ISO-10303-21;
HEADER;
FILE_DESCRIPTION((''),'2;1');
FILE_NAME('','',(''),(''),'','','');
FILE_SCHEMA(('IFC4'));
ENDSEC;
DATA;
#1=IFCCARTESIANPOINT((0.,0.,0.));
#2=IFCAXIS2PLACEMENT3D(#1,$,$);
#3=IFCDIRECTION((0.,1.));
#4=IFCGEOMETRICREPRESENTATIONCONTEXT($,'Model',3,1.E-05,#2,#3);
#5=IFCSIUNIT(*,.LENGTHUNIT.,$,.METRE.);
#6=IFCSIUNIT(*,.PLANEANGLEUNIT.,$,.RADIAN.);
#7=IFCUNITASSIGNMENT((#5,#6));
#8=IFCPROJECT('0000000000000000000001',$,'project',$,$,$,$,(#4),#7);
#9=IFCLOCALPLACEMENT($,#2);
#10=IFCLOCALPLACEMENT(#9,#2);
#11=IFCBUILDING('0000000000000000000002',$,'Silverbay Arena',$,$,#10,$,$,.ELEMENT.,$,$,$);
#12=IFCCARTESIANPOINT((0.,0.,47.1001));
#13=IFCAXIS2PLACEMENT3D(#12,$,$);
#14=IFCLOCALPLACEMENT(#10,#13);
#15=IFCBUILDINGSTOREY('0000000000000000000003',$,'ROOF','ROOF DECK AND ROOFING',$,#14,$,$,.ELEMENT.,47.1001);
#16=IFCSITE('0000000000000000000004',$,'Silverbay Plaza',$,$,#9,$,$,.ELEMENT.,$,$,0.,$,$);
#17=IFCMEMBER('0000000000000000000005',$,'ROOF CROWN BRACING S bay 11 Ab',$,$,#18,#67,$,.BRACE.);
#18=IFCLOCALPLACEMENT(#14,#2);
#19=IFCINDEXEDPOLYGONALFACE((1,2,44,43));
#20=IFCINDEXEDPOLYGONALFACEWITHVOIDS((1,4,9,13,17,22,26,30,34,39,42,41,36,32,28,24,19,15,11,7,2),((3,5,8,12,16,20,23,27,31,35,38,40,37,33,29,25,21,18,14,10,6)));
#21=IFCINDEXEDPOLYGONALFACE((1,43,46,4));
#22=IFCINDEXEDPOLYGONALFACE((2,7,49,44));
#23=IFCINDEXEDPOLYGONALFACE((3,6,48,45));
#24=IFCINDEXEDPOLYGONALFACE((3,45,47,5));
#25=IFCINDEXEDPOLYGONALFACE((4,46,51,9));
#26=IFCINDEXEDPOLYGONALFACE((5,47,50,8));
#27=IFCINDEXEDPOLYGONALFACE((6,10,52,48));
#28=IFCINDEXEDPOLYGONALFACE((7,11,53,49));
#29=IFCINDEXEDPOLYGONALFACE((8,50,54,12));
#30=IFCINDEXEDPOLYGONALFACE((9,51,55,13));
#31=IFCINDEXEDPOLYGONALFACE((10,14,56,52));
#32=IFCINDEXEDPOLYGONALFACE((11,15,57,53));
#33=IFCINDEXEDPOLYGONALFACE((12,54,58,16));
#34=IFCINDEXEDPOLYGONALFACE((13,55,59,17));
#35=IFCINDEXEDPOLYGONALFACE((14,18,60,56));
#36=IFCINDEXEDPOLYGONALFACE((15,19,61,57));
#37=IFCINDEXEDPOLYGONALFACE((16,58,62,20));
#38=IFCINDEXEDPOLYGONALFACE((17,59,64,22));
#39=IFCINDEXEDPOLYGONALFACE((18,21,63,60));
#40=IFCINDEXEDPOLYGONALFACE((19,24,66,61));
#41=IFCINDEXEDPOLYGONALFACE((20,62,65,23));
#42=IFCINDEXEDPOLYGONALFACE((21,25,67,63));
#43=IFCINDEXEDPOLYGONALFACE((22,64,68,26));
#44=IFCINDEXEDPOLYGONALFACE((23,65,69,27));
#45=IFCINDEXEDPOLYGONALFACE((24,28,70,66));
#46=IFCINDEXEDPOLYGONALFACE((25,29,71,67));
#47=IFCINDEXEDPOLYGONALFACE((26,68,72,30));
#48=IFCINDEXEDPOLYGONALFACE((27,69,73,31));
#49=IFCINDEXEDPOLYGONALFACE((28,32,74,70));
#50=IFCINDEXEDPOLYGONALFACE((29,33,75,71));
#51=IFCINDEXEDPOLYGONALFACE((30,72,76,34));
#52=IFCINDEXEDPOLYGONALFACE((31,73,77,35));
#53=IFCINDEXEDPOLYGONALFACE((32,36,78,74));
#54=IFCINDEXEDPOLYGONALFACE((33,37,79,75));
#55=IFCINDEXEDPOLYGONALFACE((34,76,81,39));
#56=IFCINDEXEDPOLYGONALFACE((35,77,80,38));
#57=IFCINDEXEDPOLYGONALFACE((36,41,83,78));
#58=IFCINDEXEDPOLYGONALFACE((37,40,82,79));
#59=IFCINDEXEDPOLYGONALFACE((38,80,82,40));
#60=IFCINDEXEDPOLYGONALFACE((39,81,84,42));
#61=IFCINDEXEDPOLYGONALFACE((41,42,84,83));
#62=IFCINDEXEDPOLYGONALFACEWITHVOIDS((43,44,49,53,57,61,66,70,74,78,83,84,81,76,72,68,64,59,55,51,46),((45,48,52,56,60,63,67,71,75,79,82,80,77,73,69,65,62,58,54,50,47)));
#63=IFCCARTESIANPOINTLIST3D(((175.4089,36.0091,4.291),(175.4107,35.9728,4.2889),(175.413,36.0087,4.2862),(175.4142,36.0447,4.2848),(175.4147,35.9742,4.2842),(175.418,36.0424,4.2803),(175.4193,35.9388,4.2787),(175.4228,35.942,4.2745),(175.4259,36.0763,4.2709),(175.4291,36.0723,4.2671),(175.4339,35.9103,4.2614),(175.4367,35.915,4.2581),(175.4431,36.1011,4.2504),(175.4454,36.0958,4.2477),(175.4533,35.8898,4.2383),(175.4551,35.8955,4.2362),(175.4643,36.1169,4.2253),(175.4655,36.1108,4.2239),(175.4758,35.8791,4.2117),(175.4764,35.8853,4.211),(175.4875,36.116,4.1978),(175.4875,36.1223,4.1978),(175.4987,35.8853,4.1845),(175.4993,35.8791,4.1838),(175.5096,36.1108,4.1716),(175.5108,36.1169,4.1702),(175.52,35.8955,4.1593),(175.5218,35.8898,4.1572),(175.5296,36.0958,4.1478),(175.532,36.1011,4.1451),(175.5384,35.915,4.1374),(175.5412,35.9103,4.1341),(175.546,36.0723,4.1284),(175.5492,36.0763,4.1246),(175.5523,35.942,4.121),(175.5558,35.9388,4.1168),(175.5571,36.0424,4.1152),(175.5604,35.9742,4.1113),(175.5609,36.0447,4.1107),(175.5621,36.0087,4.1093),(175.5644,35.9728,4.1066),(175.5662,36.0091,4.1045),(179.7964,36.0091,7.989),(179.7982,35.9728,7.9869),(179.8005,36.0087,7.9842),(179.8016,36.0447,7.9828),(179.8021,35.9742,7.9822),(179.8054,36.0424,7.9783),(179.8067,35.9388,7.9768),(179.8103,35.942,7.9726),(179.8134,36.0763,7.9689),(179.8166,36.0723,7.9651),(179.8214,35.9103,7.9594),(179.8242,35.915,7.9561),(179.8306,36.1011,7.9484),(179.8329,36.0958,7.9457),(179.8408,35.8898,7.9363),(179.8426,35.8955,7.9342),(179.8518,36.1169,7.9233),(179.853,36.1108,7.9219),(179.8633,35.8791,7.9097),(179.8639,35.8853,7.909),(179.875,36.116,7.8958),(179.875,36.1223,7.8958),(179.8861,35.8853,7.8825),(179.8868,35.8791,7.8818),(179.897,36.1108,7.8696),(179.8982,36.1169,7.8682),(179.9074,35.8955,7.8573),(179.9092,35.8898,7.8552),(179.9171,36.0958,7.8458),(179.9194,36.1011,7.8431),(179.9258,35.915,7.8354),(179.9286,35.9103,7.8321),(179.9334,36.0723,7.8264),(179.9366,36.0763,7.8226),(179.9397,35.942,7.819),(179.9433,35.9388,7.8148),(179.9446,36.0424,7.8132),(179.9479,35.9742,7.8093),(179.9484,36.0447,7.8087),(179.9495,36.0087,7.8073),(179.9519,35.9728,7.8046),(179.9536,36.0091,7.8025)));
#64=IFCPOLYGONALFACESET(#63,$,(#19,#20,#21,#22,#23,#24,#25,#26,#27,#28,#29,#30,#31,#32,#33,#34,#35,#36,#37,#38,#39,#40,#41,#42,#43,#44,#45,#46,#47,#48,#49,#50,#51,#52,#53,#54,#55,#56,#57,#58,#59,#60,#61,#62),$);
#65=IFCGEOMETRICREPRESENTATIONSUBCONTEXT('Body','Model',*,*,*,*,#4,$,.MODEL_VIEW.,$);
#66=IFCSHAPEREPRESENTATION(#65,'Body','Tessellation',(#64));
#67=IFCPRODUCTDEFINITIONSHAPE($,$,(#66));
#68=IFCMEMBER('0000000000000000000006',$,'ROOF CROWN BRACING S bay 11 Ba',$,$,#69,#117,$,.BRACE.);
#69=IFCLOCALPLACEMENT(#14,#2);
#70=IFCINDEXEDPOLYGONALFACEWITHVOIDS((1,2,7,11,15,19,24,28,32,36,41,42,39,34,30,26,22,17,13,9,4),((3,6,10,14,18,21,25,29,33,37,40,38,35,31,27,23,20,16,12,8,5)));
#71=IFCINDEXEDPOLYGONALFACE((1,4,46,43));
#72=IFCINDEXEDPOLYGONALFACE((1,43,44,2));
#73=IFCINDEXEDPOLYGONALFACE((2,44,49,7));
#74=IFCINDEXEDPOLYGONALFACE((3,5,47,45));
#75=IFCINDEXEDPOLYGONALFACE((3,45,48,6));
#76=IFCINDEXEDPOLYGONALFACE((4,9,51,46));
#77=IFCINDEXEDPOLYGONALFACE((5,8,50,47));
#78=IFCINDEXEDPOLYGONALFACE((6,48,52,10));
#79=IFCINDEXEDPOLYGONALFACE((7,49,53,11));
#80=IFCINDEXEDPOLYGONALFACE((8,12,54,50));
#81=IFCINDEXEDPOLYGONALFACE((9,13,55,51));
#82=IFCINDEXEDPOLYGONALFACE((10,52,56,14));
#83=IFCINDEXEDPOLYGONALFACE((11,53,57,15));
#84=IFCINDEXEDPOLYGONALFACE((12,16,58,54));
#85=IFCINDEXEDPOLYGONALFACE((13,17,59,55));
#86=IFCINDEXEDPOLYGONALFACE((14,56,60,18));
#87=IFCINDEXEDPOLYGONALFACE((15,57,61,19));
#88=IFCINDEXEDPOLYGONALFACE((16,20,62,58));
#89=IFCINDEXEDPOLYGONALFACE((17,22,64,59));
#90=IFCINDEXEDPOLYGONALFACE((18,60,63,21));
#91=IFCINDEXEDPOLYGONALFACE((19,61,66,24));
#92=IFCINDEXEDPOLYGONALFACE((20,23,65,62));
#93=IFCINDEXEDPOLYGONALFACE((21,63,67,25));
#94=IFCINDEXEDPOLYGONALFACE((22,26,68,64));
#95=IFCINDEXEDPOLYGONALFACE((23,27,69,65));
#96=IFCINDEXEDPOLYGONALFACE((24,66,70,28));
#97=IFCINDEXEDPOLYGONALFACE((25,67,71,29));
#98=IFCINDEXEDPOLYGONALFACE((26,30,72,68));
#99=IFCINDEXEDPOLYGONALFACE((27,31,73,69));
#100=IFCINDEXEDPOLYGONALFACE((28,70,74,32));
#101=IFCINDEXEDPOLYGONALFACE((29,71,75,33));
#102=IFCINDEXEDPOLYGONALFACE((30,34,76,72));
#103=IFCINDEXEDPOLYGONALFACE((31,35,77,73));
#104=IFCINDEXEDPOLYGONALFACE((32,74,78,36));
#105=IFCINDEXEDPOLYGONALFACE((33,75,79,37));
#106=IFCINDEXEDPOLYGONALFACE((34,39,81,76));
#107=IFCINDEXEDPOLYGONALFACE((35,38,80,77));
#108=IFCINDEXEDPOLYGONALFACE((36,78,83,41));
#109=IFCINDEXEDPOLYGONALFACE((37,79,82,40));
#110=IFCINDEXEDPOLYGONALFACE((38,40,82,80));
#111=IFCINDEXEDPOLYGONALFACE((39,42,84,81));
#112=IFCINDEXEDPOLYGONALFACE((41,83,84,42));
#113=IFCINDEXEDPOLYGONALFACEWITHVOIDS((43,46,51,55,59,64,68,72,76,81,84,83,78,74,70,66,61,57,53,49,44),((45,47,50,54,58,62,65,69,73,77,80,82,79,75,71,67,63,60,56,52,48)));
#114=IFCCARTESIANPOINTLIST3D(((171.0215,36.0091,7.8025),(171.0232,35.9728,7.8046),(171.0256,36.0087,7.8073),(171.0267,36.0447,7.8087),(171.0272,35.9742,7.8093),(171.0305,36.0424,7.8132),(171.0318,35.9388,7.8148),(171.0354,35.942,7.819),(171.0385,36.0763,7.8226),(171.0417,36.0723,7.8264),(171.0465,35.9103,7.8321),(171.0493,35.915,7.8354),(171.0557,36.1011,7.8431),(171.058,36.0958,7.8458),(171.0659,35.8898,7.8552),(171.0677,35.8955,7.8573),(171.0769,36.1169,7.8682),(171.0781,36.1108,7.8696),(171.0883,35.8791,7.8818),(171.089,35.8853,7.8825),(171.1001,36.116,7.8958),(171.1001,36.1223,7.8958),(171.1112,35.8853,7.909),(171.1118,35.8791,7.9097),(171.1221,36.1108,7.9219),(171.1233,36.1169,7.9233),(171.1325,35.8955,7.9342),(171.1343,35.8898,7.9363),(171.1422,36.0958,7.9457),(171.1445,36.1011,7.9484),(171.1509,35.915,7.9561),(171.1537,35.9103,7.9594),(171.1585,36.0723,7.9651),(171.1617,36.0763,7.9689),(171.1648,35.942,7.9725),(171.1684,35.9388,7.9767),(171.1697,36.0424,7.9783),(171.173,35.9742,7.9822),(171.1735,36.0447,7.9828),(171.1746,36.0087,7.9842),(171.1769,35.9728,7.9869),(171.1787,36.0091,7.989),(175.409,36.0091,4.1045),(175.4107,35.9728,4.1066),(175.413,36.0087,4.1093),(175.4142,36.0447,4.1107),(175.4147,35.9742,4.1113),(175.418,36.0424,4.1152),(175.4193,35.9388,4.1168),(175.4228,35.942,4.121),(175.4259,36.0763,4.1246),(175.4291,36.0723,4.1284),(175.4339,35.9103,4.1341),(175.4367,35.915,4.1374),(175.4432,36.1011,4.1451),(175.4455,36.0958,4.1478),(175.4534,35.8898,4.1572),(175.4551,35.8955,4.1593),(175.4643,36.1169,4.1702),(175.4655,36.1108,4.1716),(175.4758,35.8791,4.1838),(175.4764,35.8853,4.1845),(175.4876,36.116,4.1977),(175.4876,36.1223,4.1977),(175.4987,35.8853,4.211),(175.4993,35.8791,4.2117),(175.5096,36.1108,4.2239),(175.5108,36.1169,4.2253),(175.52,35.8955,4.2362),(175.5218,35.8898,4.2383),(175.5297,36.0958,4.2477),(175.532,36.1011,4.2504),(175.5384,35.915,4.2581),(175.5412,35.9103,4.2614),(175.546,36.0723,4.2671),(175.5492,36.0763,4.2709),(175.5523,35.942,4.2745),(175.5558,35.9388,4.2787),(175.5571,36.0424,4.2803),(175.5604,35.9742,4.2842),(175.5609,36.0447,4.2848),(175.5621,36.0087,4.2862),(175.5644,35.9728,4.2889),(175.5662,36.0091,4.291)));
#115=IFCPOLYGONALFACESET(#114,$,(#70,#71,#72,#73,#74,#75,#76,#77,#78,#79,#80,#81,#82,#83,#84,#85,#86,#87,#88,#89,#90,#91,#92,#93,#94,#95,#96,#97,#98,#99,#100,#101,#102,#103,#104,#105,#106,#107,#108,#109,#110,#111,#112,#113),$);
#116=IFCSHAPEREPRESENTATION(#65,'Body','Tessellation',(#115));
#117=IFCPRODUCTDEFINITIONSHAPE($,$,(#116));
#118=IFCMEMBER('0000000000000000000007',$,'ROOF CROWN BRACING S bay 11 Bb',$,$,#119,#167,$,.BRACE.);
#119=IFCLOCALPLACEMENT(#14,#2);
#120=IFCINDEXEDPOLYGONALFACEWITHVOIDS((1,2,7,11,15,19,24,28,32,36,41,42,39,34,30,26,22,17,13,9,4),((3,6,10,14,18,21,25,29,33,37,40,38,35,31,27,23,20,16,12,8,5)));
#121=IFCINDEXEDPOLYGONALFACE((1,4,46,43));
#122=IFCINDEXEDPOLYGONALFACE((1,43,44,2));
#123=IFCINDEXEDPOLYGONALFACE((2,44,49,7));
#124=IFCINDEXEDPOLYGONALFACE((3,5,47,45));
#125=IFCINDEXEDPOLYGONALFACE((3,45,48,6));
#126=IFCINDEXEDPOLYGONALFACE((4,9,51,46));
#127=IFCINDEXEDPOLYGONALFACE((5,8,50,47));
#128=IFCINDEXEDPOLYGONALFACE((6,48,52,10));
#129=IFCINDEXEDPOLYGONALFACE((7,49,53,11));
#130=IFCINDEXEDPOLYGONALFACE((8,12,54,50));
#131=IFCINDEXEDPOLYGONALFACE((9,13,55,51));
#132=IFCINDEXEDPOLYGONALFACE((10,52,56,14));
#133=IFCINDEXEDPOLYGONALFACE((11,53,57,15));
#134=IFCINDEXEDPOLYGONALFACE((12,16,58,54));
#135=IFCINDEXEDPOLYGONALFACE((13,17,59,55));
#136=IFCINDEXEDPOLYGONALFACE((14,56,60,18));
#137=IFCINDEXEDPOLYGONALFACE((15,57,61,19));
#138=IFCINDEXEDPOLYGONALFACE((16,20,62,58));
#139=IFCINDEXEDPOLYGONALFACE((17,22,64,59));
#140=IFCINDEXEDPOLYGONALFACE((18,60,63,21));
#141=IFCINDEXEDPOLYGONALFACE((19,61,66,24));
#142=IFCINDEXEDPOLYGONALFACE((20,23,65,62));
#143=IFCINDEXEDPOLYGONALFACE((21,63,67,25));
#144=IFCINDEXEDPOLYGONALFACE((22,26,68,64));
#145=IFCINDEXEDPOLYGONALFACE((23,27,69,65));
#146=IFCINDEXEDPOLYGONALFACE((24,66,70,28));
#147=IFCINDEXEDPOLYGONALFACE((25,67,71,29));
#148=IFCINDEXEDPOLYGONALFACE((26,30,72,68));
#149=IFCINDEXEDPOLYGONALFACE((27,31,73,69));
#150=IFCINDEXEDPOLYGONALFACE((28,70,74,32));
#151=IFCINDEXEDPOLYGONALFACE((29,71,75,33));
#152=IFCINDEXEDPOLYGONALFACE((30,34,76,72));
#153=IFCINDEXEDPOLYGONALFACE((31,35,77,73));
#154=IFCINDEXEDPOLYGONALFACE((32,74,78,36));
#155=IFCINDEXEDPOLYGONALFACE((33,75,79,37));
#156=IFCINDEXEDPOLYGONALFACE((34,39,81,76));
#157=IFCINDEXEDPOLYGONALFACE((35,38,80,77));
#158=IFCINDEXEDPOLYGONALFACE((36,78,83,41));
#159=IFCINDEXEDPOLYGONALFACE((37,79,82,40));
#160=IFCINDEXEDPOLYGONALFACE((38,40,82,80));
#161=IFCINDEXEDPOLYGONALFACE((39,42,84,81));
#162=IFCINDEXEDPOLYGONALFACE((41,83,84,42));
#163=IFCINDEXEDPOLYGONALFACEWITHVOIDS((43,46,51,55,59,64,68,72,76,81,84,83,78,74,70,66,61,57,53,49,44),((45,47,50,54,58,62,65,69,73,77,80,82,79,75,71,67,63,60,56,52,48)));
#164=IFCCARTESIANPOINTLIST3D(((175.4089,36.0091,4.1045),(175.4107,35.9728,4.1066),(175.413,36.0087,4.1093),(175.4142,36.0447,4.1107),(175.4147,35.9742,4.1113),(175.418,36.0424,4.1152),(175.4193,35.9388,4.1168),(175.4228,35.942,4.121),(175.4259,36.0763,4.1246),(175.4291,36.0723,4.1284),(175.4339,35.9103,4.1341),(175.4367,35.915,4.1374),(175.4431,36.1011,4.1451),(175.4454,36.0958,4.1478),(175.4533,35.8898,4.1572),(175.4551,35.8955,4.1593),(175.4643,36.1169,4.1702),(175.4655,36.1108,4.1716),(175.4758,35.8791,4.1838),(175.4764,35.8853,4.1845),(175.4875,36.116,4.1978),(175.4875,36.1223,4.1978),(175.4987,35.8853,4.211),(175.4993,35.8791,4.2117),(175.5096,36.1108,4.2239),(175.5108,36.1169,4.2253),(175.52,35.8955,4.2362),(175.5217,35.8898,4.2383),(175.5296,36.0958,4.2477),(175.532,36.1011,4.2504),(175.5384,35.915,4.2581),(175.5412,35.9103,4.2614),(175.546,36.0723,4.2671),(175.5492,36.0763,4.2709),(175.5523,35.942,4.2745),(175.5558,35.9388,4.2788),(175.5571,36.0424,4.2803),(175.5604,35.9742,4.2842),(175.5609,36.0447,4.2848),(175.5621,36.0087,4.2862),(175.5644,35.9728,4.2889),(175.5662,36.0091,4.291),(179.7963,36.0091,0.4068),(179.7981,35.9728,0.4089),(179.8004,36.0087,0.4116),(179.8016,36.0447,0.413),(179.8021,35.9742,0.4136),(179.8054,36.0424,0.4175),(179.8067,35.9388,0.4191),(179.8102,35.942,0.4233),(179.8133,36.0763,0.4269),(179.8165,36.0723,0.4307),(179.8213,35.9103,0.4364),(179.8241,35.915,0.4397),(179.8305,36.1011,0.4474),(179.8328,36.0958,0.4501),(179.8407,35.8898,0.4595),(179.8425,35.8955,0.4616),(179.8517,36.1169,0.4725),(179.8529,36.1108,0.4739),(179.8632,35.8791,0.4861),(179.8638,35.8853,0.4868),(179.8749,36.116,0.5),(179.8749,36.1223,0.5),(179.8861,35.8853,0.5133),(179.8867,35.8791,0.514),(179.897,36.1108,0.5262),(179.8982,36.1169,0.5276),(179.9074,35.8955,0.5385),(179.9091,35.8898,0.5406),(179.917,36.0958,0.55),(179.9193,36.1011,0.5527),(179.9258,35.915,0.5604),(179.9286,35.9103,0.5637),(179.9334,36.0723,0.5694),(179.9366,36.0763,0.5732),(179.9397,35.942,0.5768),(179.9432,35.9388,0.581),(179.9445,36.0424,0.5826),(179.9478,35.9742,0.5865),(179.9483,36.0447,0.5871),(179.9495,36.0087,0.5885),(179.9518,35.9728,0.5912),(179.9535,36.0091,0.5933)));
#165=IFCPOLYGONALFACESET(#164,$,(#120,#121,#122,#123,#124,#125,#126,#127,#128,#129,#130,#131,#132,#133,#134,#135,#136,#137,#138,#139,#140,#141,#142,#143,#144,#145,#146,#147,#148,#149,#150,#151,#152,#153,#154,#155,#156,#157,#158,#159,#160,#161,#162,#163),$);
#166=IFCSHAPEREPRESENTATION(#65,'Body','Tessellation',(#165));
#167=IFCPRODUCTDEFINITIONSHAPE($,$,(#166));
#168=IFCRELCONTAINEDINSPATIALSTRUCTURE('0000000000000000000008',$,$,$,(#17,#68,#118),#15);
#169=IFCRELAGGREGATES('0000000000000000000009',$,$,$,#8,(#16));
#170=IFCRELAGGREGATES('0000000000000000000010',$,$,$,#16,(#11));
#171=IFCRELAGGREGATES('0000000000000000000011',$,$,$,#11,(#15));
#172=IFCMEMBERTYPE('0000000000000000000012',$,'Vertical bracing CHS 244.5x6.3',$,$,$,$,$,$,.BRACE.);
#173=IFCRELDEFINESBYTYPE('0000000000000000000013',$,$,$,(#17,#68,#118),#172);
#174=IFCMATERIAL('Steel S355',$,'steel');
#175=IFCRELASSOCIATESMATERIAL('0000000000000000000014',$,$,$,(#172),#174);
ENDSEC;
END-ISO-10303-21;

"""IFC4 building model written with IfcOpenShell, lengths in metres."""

from ifc_helpers import new_model, si_unit, direction, frame, origin, origin_2d, place, context, subcontext, project, spatial, hollow_circle, extrude, material, material_profile, profile_set, type_object, element, save


model = new_model("IFC4")

# Units and contexts
model_context = context("Model", 3, precision=1e-05, world=origin(), true_north=direction((0.0, 1.0)))
body_context = subcontext(model_context, "Body", "Model", "MODEL_VIEW")
ifc_project = project(units=[si_unit("LENGTHUNIT", "METRE"), si_unit("PLANEANGLEUNIT", "RADIAN")], contexts=[model_context])

# Site, building, storey
site_placement = place(None, origin())
site = spatial("IfcSite", under=ifc_project, at=site_placement, Name="Silverbay Plaza", CompositionType="ELEMENT", RefElevation=0.0)
building_placement = place(site_placement, origin())
building = spatial("IfcBuilding", under=site, at=building_placement, Name="Silverbay Arena", CompositionType="ELEMENT")
storey_placement = place(building_placement, frame((0.0, 0.0, 47.1001)))
storey = spatial("IfcBuildingStorey", under=building, at=storey_placement, Name="ROOF", Description="ROOF DECK AND ROOFING", CompositionType="ELEMENT", Elevation=47.1001)

# Members
ifc_material_1 = material(Name="Steel S355", Category="steel")
ifc_material_profile_1 = material_profile(ifc_material_1, hollow_circle(Radius=0.1223, WallThickness=0.0063, at=origin_2d()), Name="CHS 244.5x6.3")
ifc_profile_set_1 = profile_set([ifc_material_profile_1], Name="Steel S355")
member_type_1 = type_object("IfcMemberType", Name="Vertical bracing CHS 244.5x6.3", PredefinedType="BRACE", material=ifc_profile_set_1)
for number, where, z_axis, x_axis, name in (
    (1, (175.4875, 36.0, 4.1978), (0.764628, 0.0, 0.644472), (0.0, 1.0, 0.0), "ROOF CROWN BRACING S bay 11 Ab"),
    (2, (171.1001, 36.0, 7.8958), (0.764628, 0.0, -0.644472), (0.0, 1.0, 0.0), "ROOF CROWN BRACING S bay 11 Ba"),
):
    element("IfcMember", number, at=place(storey_placement, frame(where, z_axis=z_axis, x_axis=x_axis)), inside=storey, type_object=member_type_1, Name=name, PredefinedType="BRACE", context=body_context, shape_type="SweptSolid", body=[
        extrude(hollow_circle(Radius=0.1223, WallThickness=0.0063, at=origin_2d()), origin(), (0.0, 0.0, 1.0), 5.738),
    ])
member_1_placement = place(storey_placement, frame((175.4875, 36.0, 4.1978), z_axis=(0.764649, 0.0, -0.644448), x_axis=(0.0, 1.0, 0.0)))
element("IfcMember", 3, at=member_1_placement, inside=storey, type_object=member_type_1, Name="ROOF CROWN BRACING S bay 11 Bb", PredefinedType="BRACE", context=body_context, shape_type="SweptSolid", body=[
    extrude(hollow_circle(Radius=0.1223, WallThickness=0.0063, at=origin_2d()), origin(), (0.0, 0.0, 1.0), 5.7378),
])

save(model, "model.ifc")
